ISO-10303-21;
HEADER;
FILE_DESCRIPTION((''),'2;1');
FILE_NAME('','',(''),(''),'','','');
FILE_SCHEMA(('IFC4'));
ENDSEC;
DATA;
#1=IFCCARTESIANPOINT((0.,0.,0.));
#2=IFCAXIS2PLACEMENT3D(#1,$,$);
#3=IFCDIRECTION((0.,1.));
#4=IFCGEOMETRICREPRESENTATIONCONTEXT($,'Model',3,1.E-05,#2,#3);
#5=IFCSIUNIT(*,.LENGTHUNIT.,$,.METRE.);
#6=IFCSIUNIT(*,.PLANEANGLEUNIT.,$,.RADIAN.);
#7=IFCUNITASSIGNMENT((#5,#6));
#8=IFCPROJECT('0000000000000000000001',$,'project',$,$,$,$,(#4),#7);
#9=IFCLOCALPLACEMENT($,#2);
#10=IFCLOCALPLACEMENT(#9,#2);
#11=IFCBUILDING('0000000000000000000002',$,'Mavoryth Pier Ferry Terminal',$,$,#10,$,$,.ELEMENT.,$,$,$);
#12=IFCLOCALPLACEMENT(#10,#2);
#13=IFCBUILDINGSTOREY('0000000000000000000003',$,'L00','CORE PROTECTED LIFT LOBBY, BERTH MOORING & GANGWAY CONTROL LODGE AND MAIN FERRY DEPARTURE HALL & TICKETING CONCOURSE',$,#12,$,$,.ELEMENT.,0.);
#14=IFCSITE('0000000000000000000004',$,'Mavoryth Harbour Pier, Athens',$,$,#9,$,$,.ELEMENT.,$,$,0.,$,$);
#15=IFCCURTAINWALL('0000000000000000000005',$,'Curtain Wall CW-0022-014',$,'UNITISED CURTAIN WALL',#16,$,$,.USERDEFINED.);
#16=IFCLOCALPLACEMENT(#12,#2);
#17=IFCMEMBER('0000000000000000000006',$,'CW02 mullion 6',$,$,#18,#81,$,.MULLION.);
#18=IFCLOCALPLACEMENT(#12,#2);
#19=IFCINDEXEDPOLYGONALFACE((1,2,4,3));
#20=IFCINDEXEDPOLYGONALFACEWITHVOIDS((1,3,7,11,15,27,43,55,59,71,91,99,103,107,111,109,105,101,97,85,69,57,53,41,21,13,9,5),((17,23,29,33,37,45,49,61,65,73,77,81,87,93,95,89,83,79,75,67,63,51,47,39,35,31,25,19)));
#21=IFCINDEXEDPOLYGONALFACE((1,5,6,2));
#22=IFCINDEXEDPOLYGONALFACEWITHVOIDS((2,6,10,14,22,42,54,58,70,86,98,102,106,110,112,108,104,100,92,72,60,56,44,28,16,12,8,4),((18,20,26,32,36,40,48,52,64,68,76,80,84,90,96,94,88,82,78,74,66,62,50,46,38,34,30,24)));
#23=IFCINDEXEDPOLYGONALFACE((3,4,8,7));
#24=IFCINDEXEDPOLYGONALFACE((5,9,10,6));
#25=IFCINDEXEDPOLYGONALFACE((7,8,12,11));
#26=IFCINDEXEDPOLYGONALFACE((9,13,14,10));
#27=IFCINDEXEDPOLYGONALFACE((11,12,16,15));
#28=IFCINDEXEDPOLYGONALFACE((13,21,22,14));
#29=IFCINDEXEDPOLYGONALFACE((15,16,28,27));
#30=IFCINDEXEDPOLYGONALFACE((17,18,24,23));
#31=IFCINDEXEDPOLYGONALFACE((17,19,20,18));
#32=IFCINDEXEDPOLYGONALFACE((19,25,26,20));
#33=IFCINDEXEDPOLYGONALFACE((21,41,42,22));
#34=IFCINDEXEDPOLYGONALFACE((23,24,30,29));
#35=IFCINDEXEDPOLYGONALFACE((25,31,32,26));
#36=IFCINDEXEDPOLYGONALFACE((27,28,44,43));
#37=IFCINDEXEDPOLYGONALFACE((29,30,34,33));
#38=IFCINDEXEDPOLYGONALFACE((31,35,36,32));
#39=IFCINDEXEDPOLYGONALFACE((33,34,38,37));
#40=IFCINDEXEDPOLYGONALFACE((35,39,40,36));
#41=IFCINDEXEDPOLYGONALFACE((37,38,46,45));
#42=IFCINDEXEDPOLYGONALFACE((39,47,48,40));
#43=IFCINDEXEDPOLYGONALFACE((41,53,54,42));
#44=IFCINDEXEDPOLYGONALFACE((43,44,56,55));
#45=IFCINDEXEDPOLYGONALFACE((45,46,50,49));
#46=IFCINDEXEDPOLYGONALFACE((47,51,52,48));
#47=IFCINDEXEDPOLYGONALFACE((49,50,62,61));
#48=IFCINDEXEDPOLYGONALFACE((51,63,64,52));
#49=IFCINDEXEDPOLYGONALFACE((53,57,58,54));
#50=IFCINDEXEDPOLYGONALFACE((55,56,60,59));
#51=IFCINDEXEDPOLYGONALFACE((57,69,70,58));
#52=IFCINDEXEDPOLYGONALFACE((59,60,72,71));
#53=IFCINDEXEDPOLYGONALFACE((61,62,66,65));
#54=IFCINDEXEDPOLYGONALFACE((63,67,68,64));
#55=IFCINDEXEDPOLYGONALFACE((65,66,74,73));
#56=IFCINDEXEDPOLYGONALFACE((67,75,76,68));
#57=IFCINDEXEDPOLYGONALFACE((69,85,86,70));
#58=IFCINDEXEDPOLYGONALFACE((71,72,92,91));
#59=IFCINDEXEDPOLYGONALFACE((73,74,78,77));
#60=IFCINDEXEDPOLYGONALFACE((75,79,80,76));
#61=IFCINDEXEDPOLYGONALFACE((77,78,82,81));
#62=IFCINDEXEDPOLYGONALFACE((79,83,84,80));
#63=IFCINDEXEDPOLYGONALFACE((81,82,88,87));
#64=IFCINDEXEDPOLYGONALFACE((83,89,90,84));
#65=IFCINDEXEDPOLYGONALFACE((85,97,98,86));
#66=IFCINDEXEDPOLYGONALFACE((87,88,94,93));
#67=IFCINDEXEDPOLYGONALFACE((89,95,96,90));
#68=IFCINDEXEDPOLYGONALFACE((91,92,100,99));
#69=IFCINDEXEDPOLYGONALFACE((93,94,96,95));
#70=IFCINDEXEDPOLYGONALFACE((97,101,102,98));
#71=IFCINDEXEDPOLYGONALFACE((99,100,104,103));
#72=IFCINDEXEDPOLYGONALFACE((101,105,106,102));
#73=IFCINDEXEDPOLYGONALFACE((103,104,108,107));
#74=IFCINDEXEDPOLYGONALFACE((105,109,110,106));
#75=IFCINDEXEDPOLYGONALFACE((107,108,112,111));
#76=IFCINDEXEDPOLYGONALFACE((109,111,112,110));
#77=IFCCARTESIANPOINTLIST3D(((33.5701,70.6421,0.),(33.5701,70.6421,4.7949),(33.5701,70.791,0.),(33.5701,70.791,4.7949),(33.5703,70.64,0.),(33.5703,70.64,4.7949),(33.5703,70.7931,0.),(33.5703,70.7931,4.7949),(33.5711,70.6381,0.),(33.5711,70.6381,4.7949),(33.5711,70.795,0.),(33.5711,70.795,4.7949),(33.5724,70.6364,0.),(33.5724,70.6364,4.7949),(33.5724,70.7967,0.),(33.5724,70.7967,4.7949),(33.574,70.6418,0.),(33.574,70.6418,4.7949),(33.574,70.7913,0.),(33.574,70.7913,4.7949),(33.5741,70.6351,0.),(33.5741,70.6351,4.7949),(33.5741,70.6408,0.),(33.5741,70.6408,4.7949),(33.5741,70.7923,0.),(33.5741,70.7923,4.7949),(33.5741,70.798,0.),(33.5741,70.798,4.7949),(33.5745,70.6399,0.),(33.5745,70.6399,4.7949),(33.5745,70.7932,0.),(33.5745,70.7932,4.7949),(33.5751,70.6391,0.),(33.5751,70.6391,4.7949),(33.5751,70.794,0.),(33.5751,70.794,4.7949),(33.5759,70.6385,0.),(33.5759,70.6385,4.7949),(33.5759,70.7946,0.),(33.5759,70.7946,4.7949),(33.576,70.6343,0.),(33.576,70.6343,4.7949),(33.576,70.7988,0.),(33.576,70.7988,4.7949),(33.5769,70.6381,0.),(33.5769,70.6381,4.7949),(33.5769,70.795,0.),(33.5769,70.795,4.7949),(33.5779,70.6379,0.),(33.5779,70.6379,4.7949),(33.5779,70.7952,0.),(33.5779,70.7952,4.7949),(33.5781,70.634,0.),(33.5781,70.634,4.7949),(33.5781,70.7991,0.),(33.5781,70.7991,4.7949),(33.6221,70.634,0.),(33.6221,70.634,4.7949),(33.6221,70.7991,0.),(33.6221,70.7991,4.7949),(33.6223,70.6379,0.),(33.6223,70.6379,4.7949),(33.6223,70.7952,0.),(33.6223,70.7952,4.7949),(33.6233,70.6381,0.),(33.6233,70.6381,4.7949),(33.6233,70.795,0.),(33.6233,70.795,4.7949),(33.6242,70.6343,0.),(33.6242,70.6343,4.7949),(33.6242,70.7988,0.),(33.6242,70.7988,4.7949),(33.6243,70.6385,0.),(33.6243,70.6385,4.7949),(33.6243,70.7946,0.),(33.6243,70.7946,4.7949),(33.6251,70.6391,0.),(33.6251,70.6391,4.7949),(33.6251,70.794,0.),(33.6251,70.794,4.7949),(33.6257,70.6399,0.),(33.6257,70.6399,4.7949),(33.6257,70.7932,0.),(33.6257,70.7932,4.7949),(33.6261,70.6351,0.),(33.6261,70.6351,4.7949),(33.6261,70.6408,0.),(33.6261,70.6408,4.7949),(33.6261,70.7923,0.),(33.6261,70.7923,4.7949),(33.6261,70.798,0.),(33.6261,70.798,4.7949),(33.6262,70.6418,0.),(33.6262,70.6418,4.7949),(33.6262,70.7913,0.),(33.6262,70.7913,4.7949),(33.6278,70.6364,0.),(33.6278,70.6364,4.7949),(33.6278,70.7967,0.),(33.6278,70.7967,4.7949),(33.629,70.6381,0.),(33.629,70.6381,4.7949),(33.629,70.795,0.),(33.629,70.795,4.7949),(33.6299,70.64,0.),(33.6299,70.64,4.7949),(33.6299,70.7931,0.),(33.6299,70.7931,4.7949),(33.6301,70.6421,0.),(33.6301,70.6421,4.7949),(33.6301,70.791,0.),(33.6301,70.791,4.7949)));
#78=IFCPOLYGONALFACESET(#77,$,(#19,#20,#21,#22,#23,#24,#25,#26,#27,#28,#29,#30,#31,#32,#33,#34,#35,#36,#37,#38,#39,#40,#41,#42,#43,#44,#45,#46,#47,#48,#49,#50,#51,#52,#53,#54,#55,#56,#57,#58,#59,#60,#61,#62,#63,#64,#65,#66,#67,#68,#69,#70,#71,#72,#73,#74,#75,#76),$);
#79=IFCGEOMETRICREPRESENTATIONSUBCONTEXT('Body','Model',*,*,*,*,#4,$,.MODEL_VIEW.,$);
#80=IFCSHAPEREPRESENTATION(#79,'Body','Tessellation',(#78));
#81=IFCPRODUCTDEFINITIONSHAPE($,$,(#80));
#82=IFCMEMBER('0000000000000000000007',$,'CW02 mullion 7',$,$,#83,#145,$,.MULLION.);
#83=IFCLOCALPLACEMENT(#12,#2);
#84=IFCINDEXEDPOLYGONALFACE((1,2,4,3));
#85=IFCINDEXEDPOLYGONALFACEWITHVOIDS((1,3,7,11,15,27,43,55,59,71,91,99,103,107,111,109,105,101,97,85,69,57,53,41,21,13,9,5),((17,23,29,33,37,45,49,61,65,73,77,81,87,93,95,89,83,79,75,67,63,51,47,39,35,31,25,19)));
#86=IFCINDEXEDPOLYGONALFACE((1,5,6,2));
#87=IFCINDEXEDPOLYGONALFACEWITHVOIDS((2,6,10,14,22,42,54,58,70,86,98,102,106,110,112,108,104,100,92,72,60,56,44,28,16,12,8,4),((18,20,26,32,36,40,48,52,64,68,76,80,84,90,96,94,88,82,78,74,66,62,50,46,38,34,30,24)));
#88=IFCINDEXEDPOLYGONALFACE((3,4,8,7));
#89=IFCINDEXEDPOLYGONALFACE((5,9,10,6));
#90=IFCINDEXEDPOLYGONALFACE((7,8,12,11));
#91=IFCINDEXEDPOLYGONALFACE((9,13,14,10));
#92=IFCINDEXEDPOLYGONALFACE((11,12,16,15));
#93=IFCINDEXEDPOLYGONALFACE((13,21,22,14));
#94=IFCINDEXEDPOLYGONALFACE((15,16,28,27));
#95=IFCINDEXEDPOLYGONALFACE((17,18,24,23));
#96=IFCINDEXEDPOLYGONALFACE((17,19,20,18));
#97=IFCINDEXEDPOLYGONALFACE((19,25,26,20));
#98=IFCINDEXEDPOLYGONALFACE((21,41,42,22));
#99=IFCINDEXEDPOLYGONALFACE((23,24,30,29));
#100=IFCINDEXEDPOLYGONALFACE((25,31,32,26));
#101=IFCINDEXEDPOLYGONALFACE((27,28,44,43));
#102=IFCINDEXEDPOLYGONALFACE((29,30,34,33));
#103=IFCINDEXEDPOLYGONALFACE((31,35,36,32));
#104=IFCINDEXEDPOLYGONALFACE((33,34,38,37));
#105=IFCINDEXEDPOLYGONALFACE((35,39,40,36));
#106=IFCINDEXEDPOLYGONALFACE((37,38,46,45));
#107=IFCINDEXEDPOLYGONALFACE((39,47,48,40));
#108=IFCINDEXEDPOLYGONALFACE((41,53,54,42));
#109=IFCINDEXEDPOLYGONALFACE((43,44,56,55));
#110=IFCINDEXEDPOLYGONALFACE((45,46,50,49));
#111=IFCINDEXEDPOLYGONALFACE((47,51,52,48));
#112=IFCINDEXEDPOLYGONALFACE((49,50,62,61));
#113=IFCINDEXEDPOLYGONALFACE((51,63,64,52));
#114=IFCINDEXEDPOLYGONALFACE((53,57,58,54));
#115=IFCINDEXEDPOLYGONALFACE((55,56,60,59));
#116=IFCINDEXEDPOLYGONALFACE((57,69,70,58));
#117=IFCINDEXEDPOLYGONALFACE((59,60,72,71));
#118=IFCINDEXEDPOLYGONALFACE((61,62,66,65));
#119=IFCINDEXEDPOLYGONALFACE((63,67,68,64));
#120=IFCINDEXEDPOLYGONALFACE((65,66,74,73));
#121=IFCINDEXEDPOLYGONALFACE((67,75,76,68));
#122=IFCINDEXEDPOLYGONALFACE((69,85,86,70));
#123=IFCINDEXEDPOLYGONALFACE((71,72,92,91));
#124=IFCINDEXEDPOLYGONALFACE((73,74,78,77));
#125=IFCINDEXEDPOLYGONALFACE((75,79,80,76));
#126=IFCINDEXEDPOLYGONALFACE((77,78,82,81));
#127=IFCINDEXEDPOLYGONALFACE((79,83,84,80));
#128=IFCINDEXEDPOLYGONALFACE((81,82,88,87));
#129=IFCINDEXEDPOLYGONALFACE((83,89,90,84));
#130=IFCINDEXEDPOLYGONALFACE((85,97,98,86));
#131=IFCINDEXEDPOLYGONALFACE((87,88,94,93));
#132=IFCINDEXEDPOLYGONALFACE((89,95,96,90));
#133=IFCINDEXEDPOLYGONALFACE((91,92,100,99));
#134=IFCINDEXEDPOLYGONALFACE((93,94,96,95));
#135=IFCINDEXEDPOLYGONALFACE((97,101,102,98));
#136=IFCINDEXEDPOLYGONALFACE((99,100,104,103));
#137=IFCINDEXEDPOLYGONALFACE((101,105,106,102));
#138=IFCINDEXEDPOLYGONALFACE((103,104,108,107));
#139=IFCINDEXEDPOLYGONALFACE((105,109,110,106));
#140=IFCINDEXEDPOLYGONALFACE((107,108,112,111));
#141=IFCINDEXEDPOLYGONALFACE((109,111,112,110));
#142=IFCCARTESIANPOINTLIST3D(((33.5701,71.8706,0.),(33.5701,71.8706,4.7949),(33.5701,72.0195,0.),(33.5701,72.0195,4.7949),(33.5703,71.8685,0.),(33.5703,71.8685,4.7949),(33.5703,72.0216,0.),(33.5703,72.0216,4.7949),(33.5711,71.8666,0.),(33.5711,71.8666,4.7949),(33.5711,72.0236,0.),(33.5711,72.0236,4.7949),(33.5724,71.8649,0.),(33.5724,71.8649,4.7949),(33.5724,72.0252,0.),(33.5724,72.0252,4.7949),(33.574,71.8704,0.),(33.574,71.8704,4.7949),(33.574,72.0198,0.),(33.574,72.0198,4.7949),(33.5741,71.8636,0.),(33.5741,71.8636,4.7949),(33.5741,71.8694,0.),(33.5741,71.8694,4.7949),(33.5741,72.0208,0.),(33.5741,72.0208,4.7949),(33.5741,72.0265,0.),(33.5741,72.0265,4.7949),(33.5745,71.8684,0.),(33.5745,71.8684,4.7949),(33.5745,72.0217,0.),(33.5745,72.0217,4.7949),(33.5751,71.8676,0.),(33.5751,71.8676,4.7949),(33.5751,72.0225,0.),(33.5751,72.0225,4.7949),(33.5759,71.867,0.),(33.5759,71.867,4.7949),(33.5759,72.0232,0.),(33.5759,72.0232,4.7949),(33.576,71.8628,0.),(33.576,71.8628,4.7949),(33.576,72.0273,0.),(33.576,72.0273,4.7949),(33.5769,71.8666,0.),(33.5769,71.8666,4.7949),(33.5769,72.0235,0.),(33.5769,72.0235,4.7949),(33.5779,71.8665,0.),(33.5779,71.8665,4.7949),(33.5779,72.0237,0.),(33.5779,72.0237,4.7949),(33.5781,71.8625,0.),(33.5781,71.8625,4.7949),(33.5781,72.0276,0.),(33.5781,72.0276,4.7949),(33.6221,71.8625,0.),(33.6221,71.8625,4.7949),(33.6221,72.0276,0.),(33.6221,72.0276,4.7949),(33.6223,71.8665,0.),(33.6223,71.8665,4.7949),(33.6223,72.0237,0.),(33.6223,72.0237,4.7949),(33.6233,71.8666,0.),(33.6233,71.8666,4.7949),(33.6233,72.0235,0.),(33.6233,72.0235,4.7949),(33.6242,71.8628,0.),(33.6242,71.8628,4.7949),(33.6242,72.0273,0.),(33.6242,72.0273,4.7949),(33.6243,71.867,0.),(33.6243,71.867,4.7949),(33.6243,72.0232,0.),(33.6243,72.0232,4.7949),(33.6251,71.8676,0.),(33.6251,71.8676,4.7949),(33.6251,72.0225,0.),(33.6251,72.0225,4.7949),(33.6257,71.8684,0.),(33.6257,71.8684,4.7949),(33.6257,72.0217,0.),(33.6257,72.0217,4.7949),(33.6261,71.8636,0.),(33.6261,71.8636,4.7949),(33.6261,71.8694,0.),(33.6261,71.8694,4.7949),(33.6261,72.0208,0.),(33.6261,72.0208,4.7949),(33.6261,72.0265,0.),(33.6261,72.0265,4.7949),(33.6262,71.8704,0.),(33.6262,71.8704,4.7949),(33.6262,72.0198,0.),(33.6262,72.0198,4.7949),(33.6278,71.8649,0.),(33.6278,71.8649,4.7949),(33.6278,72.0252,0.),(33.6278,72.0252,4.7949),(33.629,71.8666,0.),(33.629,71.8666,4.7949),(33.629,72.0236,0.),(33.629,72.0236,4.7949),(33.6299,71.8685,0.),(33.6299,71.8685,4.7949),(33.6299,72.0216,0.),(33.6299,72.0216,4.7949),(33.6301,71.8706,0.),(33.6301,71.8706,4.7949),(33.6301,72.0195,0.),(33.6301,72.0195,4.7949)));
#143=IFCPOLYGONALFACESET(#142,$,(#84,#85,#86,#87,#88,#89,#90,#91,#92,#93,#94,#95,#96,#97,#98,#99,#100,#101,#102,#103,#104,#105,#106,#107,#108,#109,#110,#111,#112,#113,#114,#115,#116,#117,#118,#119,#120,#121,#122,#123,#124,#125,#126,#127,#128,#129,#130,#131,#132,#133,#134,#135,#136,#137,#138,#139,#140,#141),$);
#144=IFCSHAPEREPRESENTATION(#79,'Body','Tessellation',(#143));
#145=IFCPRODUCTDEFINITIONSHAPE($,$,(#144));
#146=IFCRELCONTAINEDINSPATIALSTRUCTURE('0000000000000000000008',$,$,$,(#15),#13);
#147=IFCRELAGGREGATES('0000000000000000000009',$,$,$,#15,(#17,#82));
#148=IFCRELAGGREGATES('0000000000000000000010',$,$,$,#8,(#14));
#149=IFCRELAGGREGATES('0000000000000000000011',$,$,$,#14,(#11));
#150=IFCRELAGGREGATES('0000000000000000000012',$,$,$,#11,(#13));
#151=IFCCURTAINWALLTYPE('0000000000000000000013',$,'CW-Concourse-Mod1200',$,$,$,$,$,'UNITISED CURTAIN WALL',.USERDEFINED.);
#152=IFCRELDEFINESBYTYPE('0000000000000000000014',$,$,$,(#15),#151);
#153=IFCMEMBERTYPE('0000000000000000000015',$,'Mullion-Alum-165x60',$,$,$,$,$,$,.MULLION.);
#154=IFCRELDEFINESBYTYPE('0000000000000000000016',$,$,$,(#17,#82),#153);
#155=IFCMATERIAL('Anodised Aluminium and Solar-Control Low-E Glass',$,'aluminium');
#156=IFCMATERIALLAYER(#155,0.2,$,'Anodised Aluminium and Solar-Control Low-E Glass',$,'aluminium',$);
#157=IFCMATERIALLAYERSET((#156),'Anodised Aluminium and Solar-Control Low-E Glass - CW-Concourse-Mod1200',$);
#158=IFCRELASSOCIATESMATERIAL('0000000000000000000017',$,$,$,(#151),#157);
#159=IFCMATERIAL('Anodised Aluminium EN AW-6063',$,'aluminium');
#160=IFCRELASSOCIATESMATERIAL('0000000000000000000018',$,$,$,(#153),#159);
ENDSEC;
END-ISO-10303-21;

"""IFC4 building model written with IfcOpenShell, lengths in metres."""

from ifc_helpers import new_model, si_unit, direction, frame, origin, origin_2d, place, context, subcontext, project, spatial, hollow_rectangle, extrude, material, layer, layer_set, material_profile, profile_set, type_object, element, aggregate, save


model = new_model("IFC4")

# Units and contexts
model_context = context("Model", 3, precision=1e-05, world=origin(), true_north=direction((0.0, 1.0)))
body_context = subcontext(model_context, "Body", "Model", "MODEL_VIEW")
ifc_project = project(units=[si_unit("LENGTHUNIT", "METRE"), si_unit("PLANEANGLEUNIT", "RADIAN")], contexts=[model_context])

# Site, building, storey
site_placement = place(None, origin())
site = spatial("IfcSite", under=ifc_project, at=site_placement, Name="Mavoryth Harbour Pier, Athens", CompositionType="ELEMENT", RefElevation=0.0)
building_placement = place(site_placement, origin())
building = spatial("IfcBuilding", under=site, at=building_placement, Name="Mavoryth Pier Ferry Terminal", CompositionType="ELEMENT")
storey_placement = place(building_placement, origin())
storey = spatial("IfcBuildingStorey", under=building, at=storey_placement, Name="L00", Description="CORE PROTECTED LIFT LOBBY, BERTH MOORING & GANGWAY CONTROL LODGE AND MAIN FERRY DEPARTURE HALL & TICKETING CONCOURSE", CompositionType="ELEMENT", Elevation=0.0)

# Curtain wall, members
ifc_material_1 = material(Name="Anodised Aluminium and Solar-Control Low-E Glass", Category="aluminium")
ifc_layer_1 = layer(ifc_material_1, 0.2, Name="Anodised Aluminium and Solar-Control Low-E Glass", Category="aluminium")
ifc_layer_set_1 = layer_set([ifc_layer_1], Name="Anodised Aluminium and Solar-Control Low-E Glass - CW-Concourse-Mod1200")
curtain_wall_type = type_object("IfcCurtainWallType", Name="CW-Concourse-Mod1200", ElementType="UNITISED CURTAIN WALL", PredefinedType="USERDEFINED", material=ifc_layer_set_1)
curtain_wall_1_placement = place(storey_placement, origin())
curtain_wall_1 = element("IfcCurtainWall", 1, at=curtain_wall_1_placement, inside=storey, type_object=curtain_wall_type, Name="Curtain Wall CW-0022-014", ObjectType="UNITISED CURTAIN WALL", PredefinedType="USERDEFINED")
ifc_material_2 = material(Name="Anodised Aluminium EN AW-6063", Category="aluminium")
ifc_material_profile_1 = material_profile(ifc_material_2, hollow_rectangle(XDim=0.0601, YDim=0.165, WallThickness=0.0039, InnerFilletRadius=0.0039, OuterFilletRadius=0.0081, at=origin_2d()), Name="AL-MULL 165x60x4", Category="aluminium")
ifc_profile_set_1 = profile_set([ifc_material_profile_1], Name="Anodised Aluminium EN AW-6063 - AL-MULL 165x60x4")
member_type_1 = type_object("IfcMemberType", Name="Mullion-Alum-165x60", PredefinedType="MULLION", material=ifc_profile_set_1)
member_1_placement = place(storey_placement, frame((33.6001, 70.7166, 0.0), z_axis=(0.0, 0.0, 1.0), x_axis=(-1.0, 0.0, 0.0)))
member_1 = element("IfcMember", 2, at=member_1_placement, type_object=member_type_1, Name="CW02 mullion 6", PredefinedType="MULLION", context=body_context, shape_type="SweptSolid", body=[
    extrude(hollow_rectangle(XDim=0.0601, YDim=0.165, WallThickness=0.0039, InnerFilletRadius=0.0039, OuterFilletRadius=0.0081, at=origin_2d()), origin(), (0.0, 0.0, 1.0), 4.7949),
])
member_2_placement = place(storey_placement, frame((33.6001, 71.9451, 0.0), z_axis=(0.0, 0.0, 1.0), x_axis=(-1.0, 0.0, 0.0)))
member_2 = element("IfcMember", 3, at=member_2_placement, type_object=member_type_1, Name="CW02 mullion 7", PredefinedType="MULLION", context=body_context, shape_type="SweptSolid", body=[
    extrude(hollow_rectangle(XDim=0.0601, YDim=0.165, WallThickness=0.0039, InnerFilletRadius=0.0039, OuterFilletRadius=0.0081, at=origin_2d()), origin(), (0.0, 0.0, 1.0), 4.7949),
])

aggregate(curtain_wall_1, [member_1, member_2])

save(model, "model.ifc")
